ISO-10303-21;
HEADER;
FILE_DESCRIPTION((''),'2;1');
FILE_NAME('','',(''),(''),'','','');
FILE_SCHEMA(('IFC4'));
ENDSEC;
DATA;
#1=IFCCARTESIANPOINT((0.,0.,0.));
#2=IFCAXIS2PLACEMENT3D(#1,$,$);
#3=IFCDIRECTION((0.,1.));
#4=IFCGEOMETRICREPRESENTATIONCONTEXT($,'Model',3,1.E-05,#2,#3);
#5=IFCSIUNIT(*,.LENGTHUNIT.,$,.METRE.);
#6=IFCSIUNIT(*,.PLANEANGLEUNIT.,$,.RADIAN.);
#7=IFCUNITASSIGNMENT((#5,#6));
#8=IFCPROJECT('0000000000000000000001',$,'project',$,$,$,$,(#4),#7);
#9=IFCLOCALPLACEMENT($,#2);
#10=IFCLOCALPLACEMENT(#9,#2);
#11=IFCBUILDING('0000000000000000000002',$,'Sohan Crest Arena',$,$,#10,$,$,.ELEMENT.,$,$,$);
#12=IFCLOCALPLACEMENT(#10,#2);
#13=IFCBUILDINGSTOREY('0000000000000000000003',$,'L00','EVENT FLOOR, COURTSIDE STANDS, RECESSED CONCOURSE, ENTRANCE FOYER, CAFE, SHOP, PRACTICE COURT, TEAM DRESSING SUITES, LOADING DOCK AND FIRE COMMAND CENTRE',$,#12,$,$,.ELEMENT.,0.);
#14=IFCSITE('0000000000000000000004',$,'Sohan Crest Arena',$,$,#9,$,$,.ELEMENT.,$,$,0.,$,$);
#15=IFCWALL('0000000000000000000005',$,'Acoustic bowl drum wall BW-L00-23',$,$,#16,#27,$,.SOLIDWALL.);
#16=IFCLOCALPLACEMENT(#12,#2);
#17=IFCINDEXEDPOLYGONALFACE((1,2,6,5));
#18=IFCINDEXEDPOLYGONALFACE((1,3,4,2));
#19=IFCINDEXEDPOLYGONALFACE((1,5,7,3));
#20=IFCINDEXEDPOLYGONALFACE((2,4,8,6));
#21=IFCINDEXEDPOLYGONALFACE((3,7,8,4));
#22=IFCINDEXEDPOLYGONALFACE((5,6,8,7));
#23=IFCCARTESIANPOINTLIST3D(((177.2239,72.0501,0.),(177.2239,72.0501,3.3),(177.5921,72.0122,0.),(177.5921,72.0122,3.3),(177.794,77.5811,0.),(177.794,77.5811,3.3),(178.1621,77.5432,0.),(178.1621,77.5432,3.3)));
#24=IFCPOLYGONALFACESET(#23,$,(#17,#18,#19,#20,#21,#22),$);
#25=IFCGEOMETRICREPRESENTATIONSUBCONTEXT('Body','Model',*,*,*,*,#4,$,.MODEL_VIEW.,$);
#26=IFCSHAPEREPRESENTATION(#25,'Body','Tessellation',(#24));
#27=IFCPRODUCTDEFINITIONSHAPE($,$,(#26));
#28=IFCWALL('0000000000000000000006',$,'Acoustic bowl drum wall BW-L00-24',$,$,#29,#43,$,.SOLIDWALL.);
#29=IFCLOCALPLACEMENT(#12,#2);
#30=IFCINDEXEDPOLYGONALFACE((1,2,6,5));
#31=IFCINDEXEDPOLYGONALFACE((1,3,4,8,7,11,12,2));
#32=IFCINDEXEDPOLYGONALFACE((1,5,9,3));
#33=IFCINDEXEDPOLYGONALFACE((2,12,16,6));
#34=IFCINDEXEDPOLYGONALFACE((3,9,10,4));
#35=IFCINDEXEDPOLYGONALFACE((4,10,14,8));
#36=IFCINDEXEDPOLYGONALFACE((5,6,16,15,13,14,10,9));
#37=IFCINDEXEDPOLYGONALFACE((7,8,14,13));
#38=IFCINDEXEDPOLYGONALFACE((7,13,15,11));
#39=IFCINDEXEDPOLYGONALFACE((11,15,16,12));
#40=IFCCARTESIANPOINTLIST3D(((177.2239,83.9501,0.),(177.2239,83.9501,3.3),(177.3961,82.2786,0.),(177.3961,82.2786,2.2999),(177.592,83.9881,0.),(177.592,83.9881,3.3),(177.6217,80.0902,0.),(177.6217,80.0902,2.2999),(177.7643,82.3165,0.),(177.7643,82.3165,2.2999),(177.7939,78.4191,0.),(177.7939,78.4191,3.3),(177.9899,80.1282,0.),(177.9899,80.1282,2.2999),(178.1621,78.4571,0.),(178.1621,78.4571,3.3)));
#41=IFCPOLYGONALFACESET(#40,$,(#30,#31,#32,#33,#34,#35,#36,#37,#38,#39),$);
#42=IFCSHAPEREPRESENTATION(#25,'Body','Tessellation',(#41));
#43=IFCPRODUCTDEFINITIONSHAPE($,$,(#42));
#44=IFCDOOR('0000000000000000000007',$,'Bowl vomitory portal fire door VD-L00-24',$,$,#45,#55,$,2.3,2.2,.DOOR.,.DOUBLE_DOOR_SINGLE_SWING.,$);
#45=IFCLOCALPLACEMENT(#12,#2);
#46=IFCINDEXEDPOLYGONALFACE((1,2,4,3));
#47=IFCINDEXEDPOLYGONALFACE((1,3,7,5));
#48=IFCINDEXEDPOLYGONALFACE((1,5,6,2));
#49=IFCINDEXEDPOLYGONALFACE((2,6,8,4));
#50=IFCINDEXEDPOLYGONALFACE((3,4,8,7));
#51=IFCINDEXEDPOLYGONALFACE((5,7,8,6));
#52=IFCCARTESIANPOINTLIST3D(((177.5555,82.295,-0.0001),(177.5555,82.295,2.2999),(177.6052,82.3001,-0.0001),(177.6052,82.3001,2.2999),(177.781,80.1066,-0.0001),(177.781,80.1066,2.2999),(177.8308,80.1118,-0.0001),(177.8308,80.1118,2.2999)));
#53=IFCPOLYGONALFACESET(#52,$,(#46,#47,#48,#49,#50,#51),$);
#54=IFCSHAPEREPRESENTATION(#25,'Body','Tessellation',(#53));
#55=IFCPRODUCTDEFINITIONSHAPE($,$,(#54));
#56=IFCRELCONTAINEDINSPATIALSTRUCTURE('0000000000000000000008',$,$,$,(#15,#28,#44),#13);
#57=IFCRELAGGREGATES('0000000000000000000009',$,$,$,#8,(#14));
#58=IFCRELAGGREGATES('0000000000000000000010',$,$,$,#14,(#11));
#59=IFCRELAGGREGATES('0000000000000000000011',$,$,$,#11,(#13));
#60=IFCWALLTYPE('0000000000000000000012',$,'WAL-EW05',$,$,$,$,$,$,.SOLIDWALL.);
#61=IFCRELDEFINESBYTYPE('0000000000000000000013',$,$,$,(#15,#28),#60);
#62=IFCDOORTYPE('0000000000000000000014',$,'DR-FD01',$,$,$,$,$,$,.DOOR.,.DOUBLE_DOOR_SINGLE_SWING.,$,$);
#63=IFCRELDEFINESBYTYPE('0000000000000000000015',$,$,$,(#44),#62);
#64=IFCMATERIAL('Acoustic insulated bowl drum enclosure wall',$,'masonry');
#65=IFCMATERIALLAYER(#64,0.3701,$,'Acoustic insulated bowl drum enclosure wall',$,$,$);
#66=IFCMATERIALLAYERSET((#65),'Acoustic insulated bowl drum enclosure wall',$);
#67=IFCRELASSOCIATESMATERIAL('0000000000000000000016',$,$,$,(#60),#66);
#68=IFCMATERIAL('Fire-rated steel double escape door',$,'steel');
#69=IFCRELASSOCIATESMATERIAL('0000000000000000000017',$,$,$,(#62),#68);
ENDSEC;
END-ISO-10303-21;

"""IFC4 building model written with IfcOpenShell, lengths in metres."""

from ifc_helpers import new_model, si_unit, direction, frame, frame_2d, origin, place, context, subcontext, project, spatial, rectangle, extrude, material, layer, layer_set, type_object, element, fill, save


model = new_model("IFC4")

# Units and contexts
model_context = context("Model", 3, precision=1e-05, world=origin(), true_north=direction((0.0, 1.0)))
body_context = subcontext(model_context, "Body", "Model", "MODEL_VIEW")
ifc_project = project(units=[si_unit("LENGTHUNIT", "METRE"), si_unit("PLANEANGLEUNIT", "RADIAN")], contexts=[model_context])

# Site, building, storey
site_placement = place(None, origin())
site = spatial("IfcSite", under=ifc_project, at=site_placement, Name="Sohan Crest Arena", CompositionType="ELEMENT", RefElevation=0.0)
building_placement = place(site_placement, origin())
building = spatial("IfcBuilding", under=site, at=building_placement, Name="Sohan Crest Arena", CompositionType="ELEMENT")
storey_placement = place(building_placement, origin())
storey = spatial("IfcBuildingStorey", under=building, at=storey_placement, Name="L00", Description="EVENT FLOOR, COURTSIDE STANDS, RECESSED CONCOURSE, ENTRANCE FOYER, CAFE, SHOP, PRACTICE COURT, TEAM DRESSING SUITES, LOADING DOCK AND FIRE COMMAND CENTRE", CompositionType="ELEMENT", Elevation=0.0)

# Wall
ifc_material_1 = material(Name="Acoustic insulated bowl drum enclosure wall", Category="masonry")
ifc_layer_1 = layer(ifc_material_1, 0.3701, Name="Acoustic insulated bowl drum enclosure wall")
ifc_layer_set_1 = layer_set([ifc_layer_1], Name="Acoustic insulated bowl drum enclosure wall")
wall_type_1 = type_object("IfcWallType", Name="WAL-EW05", PredefinedType="SOLIDWALL", material=ifc_layer_set_1)
wall_1_placement = place(storey_placement, frame((177.408, 72.031, 0.0), z_axis=(0.0, 0.0, 1.0), x_axis=(0.102525, 0.99473, 0.0)))
element("IfcWall", 1, at=wall_1_placement, inside=storey, type_object=wall_type_1, Name="Acoustic bowl drum wall BW-L00-23", PredefinedType="SOLIDWALL", context=body_context, shape_type="SweptSolid", body=[
    extrude(rectangle(XDim=5.5603, YDim=0.3701, at=frame_2d((2.7803, 0.0))), origin(), (0.0, 0.0, 1.0), 3.3),
])

# Wall, opening, door
wall_2_placement = place(storey_placement, frame((177.978, 78.438, 0.0), z_axis=(0.0, 0.0, 1.0), x_axis=(-0.102525, 0.99473, 0.0)))
wall_2 = element("IfcWall", 2, at=wall_2_placement, inside=storey, type_object=wall_type_1, Name="Acoustic bowl drum wall BW-L00-24", PredefinedType="SOLIDWALL", context=body_context, shape_type="SweptSolid", body=[
    extrude(rectangle(XDim=5.5603, YDim=0.3701, at=frame_2d((2.7803, 0.0))), origin(), (0.0, 0.0, 1.0), 3.3),
])
opening_1_placement = place(wall_2_placement, frame((1.6799, 0.0, 0.0)))
opening_1 = element("IfcOpeningElement", 3, at=opening_1_placement, cuts=wall_2, PredefinedType="OPENING", context=body_context, shape_type="SweptSolid", body=[
    extrude(rectangle(XDim=2.2, YDim=2.3, at=frame_2d((1.1001, 1.1499))), frame((0.0, 0.1951, 0.0), z_axis=(0.0, -1.0, 0.0), x_axis=(1.0, 0.0, 0.0)), (0.0, 0.0, 1.0), 0.3901),
])
ifc_material_2 = material(Name="Fire-rated steel double escape door", Category="steel")
door_type_1 = type_object("IfcDoorType", Name="DR-FD01", OperationType="DOUBLE_DOOR_SINGLE_SWING", PredefinedType="DOOR", material=ifc_material_2)
door_1_placement = place(opening_1_placement, origin())
door_1 = element("IfcDoor", 4, at=door_1_placement, inside=storey, type_object=door_type_1, Name="Bowl vomitory portal fire door VD-L00-24", OperationType="DOUBLE_DOOR_SINGLE_SWING", OverallHeight=2.3, OverallWidth=2.2, PredefinedType="DOOR", context=body_context, shape_type="SweptSolid", body=[
    extrude(rectangle(XDim=2.2, YDim=2.3, at=frame_2d((1.1001, 1.1499))), frame((0.0, 0.0249, 0.0), z_axis=(0.0, -1.0, 0.0), x_axis=(1.0, 0.0, 0.0)), (0.0, 0.0, 1.0), 0.05),
])
fill(opening_1, door_1)

save(model, "model.ifc")
